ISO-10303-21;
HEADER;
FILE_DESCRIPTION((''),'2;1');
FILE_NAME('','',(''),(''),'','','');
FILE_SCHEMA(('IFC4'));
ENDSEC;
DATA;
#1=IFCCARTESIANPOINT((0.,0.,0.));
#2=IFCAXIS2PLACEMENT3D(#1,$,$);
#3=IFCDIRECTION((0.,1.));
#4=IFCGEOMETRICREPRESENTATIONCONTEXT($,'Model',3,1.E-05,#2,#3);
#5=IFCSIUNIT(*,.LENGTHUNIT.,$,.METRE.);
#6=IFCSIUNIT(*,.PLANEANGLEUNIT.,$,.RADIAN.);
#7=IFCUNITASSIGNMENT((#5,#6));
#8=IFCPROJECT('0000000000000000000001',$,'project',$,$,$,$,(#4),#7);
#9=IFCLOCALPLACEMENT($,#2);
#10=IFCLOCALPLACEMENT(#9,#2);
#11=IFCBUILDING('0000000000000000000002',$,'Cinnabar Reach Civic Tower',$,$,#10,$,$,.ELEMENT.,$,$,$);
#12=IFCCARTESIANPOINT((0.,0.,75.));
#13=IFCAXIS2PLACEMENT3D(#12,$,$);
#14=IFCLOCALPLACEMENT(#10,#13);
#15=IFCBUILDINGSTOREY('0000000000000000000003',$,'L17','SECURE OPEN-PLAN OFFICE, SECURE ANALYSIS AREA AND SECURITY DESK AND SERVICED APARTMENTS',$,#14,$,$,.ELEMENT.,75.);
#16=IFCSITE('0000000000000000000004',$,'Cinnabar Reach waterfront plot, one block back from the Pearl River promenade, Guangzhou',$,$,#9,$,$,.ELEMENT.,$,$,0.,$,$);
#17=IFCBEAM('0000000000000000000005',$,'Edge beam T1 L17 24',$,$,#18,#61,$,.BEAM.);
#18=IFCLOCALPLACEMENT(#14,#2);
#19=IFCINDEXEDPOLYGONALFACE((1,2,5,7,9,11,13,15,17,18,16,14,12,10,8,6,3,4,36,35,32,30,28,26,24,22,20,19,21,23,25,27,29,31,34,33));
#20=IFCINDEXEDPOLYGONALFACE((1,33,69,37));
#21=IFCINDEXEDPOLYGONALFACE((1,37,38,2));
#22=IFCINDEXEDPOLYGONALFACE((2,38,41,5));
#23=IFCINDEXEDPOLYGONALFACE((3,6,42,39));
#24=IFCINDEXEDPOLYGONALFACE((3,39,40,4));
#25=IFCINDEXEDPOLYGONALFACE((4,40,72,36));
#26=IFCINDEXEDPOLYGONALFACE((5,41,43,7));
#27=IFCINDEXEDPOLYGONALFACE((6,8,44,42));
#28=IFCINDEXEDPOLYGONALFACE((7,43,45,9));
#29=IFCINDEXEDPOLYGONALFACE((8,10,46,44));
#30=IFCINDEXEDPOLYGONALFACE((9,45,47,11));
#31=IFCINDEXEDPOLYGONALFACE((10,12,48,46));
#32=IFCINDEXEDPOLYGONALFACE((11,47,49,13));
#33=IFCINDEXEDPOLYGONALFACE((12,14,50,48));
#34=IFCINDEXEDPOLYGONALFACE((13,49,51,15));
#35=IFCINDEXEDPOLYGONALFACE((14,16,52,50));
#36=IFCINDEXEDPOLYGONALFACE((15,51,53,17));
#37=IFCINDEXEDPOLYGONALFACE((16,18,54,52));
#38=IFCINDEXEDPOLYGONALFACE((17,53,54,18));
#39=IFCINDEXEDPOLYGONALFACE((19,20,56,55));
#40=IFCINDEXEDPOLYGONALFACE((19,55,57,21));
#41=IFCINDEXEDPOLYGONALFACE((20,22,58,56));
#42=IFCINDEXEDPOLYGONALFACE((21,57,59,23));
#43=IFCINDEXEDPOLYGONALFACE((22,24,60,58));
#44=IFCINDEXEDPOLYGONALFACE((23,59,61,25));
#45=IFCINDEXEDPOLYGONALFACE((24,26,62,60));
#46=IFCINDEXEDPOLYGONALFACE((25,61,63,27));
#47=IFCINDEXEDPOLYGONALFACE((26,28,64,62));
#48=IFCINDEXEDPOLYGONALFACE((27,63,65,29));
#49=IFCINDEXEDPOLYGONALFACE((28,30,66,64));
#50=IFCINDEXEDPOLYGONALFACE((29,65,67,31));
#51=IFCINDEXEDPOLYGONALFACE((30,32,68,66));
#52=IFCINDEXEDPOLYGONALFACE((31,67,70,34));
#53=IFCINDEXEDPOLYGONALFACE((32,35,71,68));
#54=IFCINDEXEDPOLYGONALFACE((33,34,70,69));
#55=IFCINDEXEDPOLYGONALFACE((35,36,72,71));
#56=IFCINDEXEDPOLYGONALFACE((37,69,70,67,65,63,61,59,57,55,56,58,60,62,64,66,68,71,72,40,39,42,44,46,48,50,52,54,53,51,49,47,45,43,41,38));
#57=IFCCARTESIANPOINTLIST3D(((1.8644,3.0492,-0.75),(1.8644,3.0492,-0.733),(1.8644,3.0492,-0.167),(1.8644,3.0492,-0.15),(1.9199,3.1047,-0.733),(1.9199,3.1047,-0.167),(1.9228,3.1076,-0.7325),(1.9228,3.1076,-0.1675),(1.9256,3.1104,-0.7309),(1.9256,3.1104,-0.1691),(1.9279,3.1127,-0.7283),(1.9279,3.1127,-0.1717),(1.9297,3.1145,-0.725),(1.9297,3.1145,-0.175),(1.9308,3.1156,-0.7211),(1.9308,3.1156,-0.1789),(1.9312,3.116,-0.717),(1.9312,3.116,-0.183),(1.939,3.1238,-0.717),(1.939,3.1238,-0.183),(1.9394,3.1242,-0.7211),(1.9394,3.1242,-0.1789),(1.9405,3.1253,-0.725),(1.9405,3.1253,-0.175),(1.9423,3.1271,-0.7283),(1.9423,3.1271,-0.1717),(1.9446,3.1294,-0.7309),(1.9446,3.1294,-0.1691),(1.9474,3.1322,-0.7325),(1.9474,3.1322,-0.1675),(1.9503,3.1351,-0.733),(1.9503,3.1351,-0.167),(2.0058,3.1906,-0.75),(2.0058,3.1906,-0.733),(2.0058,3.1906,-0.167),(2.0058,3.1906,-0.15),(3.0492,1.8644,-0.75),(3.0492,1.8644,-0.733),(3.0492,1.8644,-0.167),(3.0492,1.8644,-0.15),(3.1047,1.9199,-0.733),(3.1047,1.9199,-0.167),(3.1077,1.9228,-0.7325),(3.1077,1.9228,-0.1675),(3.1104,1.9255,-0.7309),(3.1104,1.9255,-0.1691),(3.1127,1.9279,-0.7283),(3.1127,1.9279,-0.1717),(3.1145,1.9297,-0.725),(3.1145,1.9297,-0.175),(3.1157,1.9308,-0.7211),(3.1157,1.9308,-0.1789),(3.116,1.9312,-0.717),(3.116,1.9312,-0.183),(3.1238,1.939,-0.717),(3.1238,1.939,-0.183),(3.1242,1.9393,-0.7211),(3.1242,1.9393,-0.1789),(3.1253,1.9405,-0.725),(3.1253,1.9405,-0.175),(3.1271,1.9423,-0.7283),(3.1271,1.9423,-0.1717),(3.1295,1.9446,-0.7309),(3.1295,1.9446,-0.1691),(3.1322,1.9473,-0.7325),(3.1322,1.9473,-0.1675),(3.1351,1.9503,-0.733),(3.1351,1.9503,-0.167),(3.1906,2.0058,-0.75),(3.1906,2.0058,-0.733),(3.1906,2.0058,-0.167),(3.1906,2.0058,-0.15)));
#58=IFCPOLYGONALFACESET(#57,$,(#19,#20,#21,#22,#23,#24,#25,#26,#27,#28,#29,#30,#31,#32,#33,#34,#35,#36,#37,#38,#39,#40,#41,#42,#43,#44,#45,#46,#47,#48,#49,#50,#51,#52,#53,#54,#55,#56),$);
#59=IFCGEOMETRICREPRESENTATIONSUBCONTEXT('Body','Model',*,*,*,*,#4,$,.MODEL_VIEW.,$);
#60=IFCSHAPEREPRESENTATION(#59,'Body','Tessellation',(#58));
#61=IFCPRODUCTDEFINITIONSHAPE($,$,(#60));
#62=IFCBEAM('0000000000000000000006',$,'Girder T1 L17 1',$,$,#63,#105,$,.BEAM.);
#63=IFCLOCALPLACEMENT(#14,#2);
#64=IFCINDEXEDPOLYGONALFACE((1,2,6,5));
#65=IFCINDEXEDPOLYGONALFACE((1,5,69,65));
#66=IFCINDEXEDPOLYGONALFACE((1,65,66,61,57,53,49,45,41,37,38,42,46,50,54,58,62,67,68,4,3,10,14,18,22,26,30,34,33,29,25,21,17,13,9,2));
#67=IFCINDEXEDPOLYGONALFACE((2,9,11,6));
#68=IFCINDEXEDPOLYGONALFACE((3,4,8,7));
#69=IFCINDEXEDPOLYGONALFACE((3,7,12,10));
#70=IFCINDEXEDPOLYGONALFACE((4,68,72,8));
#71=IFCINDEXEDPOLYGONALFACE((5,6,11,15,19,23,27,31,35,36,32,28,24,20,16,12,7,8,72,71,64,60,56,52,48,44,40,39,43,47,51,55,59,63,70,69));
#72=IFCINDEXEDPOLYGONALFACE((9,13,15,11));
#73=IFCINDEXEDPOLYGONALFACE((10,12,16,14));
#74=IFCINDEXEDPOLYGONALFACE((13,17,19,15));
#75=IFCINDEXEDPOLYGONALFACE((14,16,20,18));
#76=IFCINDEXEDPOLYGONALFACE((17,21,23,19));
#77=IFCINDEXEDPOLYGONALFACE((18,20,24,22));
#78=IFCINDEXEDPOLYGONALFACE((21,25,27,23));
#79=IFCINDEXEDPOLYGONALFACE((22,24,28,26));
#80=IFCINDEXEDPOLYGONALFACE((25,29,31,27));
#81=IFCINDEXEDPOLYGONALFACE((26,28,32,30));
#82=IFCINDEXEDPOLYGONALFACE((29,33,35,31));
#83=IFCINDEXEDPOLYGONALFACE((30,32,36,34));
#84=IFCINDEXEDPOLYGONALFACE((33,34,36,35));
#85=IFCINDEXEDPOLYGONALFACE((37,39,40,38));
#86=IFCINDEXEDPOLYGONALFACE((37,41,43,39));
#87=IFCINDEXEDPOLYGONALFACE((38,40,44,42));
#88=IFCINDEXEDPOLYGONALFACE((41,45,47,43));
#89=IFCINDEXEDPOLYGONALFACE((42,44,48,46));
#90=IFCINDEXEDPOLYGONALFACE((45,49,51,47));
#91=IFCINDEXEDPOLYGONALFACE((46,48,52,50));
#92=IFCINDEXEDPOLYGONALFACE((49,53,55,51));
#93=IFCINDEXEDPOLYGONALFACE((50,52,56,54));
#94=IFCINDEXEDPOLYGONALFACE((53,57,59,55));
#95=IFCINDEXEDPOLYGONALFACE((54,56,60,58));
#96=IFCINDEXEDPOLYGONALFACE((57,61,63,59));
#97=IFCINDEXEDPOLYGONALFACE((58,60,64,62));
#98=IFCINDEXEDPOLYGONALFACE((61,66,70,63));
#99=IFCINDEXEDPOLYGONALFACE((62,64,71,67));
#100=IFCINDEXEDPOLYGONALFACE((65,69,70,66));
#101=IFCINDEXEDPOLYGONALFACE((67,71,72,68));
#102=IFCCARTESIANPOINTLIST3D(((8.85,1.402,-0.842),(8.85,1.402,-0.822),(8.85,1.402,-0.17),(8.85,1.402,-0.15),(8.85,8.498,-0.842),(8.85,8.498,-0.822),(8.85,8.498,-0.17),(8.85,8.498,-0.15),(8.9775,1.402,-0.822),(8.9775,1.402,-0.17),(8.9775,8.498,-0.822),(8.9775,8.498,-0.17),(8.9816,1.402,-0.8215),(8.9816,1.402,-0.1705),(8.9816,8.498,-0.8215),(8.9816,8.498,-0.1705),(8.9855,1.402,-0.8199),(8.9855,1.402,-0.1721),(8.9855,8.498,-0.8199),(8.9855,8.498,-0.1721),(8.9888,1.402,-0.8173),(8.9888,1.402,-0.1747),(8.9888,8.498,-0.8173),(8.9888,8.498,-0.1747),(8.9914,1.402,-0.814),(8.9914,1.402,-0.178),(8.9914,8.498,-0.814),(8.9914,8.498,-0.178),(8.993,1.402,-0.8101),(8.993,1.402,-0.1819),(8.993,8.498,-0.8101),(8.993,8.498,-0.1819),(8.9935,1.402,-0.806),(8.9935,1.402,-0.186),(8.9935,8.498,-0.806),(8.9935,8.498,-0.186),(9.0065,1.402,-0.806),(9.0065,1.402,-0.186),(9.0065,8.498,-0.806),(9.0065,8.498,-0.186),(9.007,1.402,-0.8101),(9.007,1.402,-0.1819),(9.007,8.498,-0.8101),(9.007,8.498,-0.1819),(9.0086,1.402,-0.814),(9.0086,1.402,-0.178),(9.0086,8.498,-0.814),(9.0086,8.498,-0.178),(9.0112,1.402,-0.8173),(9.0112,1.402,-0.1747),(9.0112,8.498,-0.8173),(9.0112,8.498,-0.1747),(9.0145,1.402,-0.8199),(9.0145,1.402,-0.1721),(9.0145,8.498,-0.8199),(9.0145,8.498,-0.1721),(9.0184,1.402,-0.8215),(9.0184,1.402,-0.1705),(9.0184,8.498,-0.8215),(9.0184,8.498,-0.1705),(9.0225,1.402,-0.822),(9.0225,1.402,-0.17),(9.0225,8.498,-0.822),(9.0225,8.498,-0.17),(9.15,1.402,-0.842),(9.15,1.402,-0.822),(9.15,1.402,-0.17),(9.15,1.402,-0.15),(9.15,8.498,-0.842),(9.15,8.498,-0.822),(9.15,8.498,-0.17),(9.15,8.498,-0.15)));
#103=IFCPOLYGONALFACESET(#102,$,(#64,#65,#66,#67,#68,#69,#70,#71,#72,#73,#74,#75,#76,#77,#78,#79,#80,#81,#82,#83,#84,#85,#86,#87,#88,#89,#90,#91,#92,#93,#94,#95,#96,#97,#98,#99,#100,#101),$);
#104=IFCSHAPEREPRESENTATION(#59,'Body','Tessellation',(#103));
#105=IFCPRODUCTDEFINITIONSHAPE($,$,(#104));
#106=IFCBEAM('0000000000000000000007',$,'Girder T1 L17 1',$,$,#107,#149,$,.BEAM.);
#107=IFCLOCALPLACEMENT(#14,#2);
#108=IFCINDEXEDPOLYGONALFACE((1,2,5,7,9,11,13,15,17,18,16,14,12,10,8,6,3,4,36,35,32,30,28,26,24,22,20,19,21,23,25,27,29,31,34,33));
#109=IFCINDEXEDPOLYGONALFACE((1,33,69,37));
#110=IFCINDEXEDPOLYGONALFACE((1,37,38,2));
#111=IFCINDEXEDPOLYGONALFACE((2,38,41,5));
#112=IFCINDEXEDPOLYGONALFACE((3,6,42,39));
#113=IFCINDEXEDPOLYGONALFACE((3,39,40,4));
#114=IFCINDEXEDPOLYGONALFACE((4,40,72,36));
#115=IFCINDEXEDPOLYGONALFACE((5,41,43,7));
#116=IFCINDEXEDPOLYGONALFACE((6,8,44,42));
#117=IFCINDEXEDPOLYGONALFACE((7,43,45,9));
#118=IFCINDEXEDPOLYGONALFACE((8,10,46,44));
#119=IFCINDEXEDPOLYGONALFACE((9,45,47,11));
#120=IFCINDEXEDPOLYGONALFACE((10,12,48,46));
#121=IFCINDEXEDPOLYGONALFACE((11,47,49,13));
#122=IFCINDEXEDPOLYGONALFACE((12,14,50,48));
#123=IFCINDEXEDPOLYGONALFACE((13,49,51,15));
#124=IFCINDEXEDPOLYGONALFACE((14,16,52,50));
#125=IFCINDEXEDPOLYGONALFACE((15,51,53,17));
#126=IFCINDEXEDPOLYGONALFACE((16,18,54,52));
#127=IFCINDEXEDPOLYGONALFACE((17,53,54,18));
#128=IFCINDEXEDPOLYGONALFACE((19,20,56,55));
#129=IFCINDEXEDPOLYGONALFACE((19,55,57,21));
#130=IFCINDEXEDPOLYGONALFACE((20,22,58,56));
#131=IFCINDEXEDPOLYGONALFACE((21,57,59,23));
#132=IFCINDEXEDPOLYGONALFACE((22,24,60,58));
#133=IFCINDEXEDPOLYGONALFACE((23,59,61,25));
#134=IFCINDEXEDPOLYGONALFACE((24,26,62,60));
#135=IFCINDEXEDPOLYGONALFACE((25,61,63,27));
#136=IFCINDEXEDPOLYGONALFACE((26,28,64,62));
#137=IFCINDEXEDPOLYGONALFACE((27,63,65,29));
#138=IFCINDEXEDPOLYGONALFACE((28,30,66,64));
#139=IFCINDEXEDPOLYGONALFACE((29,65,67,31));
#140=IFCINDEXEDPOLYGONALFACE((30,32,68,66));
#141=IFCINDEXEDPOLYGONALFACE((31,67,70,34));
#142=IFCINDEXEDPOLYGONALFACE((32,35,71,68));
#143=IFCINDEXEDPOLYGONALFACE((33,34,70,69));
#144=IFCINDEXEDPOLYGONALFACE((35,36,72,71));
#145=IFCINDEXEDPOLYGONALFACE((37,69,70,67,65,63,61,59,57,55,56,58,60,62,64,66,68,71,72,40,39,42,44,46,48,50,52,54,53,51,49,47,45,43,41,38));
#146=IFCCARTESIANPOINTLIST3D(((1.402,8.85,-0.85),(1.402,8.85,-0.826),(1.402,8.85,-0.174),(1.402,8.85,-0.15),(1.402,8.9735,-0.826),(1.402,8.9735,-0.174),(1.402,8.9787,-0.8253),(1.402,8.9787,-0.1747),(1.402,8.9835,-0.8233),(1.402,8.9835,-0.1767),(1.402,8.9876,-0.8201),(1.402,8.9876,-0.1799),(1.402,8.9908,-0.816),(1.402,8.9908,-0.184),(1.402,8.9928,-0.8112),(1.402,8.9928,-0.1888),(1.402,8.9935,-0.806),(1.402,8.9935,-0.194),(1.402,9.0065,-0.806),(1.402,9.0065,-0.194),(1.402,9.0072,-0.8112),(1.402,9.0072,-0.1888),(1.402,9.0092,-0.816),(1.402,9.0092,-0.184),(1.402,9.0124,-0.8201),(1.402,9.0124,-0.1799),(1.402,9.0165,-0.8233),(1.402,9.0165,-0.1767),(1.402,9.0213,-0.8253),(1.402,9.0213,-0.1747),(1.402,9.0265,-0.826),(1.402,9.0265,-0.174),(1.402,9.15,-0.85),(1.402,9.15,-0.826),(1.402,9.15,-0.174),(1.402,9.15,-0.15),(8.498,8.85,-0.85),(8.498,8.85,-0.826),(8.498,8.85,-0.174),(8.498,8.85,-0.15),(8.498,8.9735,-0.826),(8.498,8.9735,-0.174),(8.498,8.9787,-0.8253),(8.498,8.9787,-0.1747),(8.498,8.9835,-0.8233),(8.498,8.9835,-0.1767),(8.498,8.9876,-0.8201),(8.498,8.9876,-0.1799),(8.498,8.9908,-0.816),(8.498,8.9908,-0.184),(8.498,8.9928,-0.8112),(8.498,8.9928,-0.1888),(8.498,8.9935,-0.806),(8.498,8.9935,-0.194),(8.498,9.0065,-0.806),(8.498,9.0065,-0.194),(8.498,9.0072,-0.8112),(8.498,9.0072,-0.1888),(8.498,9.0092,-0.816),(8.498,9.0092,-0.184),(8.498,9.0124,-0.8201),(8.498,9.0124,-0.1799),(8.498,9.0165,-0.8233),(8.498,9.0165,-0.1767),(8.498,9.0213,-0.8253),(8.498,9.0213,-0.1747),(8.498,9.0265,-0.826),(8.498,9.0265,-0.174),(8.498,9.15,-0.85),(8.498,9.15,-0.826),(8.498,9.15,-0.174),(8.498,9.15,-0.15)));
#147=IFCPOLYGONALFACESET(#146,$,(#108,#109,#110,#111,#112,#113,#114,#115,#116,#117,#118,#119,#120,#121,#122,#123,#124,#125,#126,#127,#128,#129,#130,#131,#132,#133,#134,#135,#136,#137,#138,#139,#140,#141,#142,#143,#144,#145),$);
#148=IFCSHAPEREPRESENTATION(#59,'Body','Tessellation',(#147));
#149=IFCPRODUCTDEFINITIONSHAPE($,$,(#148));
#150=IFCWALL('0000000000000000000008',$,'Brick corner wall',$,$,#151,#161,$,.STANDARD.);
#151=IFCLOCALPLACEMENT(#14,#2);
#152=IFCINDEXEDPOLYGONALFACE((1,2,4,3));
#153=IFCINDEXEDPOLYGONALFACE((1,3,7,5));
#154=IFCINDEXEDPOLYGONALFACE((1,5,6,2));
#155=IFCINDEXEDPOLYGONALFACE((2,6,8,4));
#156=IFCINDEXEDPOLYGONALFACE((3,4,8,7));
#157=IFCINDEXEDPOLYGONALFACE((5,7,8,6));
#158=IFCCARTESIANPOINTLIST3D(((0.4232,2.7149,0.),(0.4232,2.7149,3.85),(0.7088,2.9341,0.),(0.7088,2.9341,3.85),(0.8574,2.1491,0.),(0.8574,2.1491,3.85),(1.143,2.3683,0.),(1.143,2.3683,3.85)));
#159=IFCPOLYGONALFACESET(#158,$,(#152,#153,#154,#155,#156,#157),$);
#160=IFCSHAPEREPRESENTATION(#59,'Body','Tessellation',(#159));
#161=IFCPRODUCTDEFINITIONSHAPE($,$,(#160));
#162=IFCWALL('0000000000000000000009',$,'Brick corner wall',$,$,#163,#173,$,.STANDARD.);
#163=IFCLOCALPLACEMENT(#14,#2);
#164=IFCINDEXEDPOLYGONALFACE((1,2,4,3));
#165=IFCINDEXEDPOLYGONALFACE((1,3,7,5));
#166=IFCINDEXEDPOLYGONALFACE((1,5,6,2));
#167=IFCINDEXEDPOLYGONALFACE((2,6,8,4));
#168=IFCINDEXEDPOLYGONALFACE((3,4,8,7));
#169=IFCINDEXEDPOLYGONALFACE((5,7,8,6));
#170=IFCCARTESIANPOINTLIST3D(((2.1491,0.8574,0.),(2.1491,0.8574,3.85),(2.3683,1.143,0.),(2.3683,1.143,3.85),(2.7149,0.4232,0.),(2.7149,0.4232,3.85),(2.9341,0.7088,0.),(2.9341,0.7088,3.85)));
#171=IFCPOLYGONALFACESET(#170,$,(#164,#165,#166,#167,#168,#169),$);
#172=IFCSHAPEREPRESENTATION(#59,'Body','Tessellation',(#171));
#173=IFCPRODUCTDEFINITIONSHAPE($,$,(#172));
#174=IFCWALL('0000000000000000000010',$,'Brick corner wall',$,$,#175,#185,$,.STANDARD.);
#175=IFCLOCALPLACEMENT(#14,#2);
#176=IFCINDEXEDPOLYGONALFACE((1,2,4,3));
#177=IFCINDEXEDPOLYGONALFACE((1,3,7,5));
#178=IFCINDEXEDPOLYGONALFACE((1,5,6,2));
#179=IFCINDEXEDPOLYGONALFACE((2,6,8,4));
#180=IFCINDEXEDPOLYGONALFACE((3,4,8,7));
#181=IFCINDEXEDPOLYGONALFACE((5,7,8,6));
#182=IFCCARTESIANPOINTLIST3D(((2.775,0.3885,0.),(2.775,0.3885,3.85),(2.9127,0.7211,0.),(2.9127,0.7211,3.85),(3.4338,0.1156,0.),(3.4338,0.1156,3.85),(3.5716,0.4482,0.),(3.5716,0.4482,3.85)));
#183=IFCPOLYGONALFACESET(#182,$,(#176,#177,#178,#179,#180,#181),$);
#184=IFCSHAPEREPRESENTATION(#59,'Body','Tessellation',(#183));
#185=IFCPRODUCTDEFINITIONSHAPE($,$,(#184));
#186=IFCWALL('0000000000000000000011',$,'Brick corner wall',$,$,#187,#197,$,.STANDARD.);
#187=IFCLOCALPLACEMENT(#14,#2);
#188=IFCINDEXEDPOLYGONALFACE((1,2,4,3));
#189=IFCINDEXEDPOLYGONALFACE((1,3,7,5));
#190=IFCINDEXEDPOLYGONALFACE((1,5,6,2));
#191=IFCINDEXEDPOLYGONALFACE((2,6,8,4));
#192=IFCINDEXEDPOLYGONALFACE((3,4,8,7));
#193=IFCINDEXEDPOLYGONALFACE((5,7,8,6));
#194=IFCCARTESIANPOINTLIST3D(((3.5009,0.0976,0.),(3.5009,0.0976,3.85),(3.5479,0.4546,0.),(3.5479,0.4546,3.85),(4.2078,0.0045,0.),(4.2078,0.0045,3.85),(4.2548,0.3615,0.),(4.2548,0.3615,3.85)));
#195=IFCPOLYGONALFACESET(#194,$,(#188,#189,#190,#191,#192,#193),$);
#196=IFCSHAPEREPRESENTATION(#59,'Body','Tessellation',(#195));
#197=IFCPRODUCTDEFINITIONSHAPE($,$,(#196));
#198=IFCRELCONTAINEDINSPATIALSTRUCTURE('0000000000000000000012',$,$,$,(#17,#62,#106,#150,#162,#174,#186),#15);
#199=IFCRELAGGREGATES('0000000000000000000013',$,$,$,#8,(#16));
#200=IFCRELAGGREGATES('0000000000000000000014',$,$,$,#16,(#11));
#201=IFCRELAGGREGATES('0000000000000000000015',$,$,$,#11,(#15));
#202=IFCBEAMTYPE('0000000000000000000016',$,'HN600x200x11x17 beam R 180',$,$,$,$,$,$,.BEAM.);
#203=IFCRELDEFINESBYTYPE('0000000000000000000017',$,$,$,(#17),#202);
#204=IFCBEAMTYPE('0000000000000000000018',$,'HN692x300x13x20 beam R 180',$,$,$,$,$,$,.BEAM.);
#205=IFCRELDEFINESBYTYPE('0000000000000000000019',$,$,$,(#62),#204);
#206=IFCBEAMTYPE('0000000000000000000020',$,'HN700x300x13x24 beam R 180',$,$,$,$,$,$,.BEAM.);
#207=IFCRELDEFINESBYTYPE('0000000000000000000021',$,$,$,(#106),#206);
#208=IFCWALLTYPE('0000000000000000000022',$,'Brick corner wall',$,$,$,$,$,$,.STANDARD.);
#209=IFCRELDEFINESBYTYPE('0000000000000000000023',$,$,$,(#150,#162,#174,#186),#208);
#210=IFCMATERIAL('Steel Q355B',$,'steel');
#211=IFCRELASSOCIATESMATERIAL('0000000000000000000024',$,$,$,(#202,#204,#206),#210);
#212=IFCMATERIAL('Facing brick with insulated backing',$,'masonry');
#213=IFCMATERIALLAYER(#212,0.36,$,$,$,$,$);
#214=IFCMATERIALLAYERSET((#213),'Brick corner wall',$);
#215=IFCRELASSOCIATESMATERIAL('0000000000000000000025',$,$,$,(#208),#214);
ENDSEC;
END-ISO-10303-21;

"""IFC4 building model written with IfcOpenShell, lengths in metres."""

from ifc_helpers import new_model, si_unit, direction, frame, frame_2d, origin, origin_2d, place, context, subcontext, project, spatial, rectangle, i_section, extrude, material, layer, layer_set, material_profile, profile_set, type_object, element, save


model = new_model("IFC4")

# Units and contexts
model_context = context("Model", 3, precision=1e-05, world=origin(), true_north=direction((0.0, 1.0)))
body_context = subcontext(model_context, "Body", "Model", "MODEL_VIEW")
ifc_project = project(units=[si_unit("LENGTHUNIT", "METRE"), si_unit("PLANEANGLEUNIT", "RADIAN")], contexts=[model_context])

# Site, building, storey
site_placement = place(None, origin())
site = spatial("IfcSite", under=ifc_project, at=site_placement, Name="Cinnabar Reach waterfront plot, one block back from the Pearl River promenade, Guangzhou", CompositionType="ELEMENT", RefElevation=0.0)
building_placement = place(site_placement, origin())
building = spatial("IfcBuilding", under=site, at=building_placement, Name="Cinnabar Reach Civic Tower", CompositionType="ELEMENT")
storey_placement = place(building_placement, frame((0.0, 0.0, 75.0)))
storey = spatial("IfcBuildingStorey", under=building, at=storey_placement, Name="L17", Description="SECURE OPEN-PLAN OFFICE, SECURE ANALYSIS AREA AND SECURITY DESK AND SERVICED APARTMENTS", CompositionType="ELEMENT", Elevation=75.0)

# Beams
ifc_material_1 = material(Name="Steel Q355B", Category="steel")
ifc_material_profile_1 = material_profile(ifc_material_1, i_section(OverallWidth=0.2, OverallDepth=0.6, WebThickness=0.011, FlangeThickness=0.017, FilletRadius=0.016, at=origin_2d()), Name="HN600x200x11x17")
ifc_profile_set_1 = profile_set([ifc_material_profile_1], Name="Steel Q355B")
beam_type_1 = type_object("IfcBeamType", Name="HN600x200x11x17 beam R 180", PredefinedType="BEAM", material=ifc_profile_set_1)
beam_1_placement = place(storey_placement, frame((1.9351, 3.1199, -0.45), z_axis=(0.707107, -0.707107, 0.0), x_axis=(0.707107, 0.707107, 0.0)))
element("IfcBeam", 1, at=beam_1_placement, inside=storey, type_object=beam_type_1, Name="Edge beam T1 L17 24", PredefinedType="BEAM", context=body_context, shape_type="SweptSolid", body=[
    extrude(i_section(OverallWidth=0.2, OverallDepth=0.6, WebThickness=0.011, FlangeThickness=0.017, FilletRadius=0.016, at=origin_2d()), origin(), (0.0, 0.0, 1.0), 1.6756),
])
ifc_material_profile_2 = material_profile(ifc_material_1, i_section(OverallWidth=0.3, OverallDepth=0.692, WebThickness=0.013, FlangeThickness=0.02, FilletRadius=0.016, at=origin_2d()), Name="HN692x300x13x20")
ifc_profile_set_2 = profile_set([ifc_material_profile_2], Name="Steel Q355B")
beam_type_2 = type_object("IfcBeamType", Name="HN692x300x13x20 beam R 180", PredefinedType="BEAM", material=ifc_profile_set_2)
beam_2_placement = place(storey_placement, frame((9.0, 1.402, -0.496), z_axis=(0.0, 1.0, 0.0), x_axis=(-1.0, 0.0, 0.0)))
element("IfcBeam", 2, at=beam_2_placement, inside=storey, type_object=beam_type_2, Name="Girder T1 L17 1", PredefinedType="BEAM", context=body_context, shape_type="SweptSolid", body=[
    extrude(i_section(OverallWidth=0.3, OverallDepth=0.692, WebThickness=0.013, FlangeThickness=0.02, FilletRadius=0.016, at=origin_2d()), origin(), (0.0, 0.0, 1.0), 7.096),
])
ifc_material_profile_3 = material_profile(ifc_material_1, i_section(OverallWidth=0.3, OverallDepth=0.7, WebThickness=0.013, FlangeThickness=0.024, FilletRadius=0.02, at=origin_2d()), Name="HN700x300x13x24")
ifc_profile_set_3 = profile_set([ifc_material_profile_3], Name="Steel Q355B")
beam_type_3 = type_object("IfcBeamType", Name="HN700x300x13x24 beam R 180", PredefinedType="BEAM", material=ifc_profile_set_3)
beam_3_placement = place(storey_placement, frame((1.402, 9.0, -0.5), z_axis=(1.0, 0.0, 0.0), x_axis=(0.0, 1.0, 0.0)))
element("IfcBeam", 3, at=beam_3_placement, inside=storey, type_object=beam_type_3, Name="Girder T1 L17 1", PredefinedType="BEAM", context=body_context, shape_type="SweptSolid", body=[
    extrude(i_section(OverallWidth=0.3, OverallDepth=0.7, WebThickness=0.013, FlangeThickness=0.024, FilletRadius=0.02, at=origin_2d()), origin(), (0.0, 0.0, 1.0), 7.096),
])

# Walls
ifc_material_2 = material(Name="Facing brick with insulated backing", Category="masonry")
ifc_layer_1 = layer(ifc_material_2, 0.36)
ifc_layer_set_1 = layer_set([ifc_layer_1], Name="Brick corner wall")
wall_type_1 = type_object("IfcWallType", Name="Brick corner wall", PredefinedType="STANDARD", material=ifc_layer_set_1)
for number, where, z_axis, x_axis, name in (
    (4, (0.566, 2.8245, 0.0), (0.0, 0.0, 1.0), (0.608802, -0.793322, 0.0), "Brick corner wall"),
    (5, (2.2587, 1.0002, 0.0), (0.0, 0.0, 1.0), (0.793322, -0.608802, 0.0), "Brick corner wall"),
):
    element("IfcWall", number, at=place(storey_placement, frame(where, z_axis=z_axis, x_axis=x_axis)), inside=storey, type_object=wall_type_1, Name=name, PredefinedType="STANDARD", context=body_context, shape_type="SweptSolid", body=[
        extrude(rectangle(XDim=0.7132, YDim=0.36, at=frame_2d((0.3566, 0.0))), origin(), (0.0, 0.0, 1.0), 3.85),
    ])
for number, where, z_axis, x_axis, name in (
    (6, (2.8439, 0.5548, 0.0), (0.0, 0.0, 1.0), (0.923872, -0.382703, 0.0), "Brick corner wall"),
    (7, (3.5244, 0.2761, 0.0), (0.0, 0.0, 1.0), (0.991441, -0.130556, 0.0), "Brick corner wall"),
):
    element("IfcWall", number, at=place(storey_placement, frame(where, z_axis=z_axis, x_axis=x_axis)), inside=storey, type_object=wall_type_1, Name=name, PredefinedType="STANDARD", context=body_context, shape_type="SweptSolid", body=[
        extrude(rectangle(XDim=0.7131, YDim=0.36, at=frame_2d((0.3565, 0.0))), origin(), (0.0, 0.0, 1.0), 3.85),
    ])

save(model, "model.ifc")
